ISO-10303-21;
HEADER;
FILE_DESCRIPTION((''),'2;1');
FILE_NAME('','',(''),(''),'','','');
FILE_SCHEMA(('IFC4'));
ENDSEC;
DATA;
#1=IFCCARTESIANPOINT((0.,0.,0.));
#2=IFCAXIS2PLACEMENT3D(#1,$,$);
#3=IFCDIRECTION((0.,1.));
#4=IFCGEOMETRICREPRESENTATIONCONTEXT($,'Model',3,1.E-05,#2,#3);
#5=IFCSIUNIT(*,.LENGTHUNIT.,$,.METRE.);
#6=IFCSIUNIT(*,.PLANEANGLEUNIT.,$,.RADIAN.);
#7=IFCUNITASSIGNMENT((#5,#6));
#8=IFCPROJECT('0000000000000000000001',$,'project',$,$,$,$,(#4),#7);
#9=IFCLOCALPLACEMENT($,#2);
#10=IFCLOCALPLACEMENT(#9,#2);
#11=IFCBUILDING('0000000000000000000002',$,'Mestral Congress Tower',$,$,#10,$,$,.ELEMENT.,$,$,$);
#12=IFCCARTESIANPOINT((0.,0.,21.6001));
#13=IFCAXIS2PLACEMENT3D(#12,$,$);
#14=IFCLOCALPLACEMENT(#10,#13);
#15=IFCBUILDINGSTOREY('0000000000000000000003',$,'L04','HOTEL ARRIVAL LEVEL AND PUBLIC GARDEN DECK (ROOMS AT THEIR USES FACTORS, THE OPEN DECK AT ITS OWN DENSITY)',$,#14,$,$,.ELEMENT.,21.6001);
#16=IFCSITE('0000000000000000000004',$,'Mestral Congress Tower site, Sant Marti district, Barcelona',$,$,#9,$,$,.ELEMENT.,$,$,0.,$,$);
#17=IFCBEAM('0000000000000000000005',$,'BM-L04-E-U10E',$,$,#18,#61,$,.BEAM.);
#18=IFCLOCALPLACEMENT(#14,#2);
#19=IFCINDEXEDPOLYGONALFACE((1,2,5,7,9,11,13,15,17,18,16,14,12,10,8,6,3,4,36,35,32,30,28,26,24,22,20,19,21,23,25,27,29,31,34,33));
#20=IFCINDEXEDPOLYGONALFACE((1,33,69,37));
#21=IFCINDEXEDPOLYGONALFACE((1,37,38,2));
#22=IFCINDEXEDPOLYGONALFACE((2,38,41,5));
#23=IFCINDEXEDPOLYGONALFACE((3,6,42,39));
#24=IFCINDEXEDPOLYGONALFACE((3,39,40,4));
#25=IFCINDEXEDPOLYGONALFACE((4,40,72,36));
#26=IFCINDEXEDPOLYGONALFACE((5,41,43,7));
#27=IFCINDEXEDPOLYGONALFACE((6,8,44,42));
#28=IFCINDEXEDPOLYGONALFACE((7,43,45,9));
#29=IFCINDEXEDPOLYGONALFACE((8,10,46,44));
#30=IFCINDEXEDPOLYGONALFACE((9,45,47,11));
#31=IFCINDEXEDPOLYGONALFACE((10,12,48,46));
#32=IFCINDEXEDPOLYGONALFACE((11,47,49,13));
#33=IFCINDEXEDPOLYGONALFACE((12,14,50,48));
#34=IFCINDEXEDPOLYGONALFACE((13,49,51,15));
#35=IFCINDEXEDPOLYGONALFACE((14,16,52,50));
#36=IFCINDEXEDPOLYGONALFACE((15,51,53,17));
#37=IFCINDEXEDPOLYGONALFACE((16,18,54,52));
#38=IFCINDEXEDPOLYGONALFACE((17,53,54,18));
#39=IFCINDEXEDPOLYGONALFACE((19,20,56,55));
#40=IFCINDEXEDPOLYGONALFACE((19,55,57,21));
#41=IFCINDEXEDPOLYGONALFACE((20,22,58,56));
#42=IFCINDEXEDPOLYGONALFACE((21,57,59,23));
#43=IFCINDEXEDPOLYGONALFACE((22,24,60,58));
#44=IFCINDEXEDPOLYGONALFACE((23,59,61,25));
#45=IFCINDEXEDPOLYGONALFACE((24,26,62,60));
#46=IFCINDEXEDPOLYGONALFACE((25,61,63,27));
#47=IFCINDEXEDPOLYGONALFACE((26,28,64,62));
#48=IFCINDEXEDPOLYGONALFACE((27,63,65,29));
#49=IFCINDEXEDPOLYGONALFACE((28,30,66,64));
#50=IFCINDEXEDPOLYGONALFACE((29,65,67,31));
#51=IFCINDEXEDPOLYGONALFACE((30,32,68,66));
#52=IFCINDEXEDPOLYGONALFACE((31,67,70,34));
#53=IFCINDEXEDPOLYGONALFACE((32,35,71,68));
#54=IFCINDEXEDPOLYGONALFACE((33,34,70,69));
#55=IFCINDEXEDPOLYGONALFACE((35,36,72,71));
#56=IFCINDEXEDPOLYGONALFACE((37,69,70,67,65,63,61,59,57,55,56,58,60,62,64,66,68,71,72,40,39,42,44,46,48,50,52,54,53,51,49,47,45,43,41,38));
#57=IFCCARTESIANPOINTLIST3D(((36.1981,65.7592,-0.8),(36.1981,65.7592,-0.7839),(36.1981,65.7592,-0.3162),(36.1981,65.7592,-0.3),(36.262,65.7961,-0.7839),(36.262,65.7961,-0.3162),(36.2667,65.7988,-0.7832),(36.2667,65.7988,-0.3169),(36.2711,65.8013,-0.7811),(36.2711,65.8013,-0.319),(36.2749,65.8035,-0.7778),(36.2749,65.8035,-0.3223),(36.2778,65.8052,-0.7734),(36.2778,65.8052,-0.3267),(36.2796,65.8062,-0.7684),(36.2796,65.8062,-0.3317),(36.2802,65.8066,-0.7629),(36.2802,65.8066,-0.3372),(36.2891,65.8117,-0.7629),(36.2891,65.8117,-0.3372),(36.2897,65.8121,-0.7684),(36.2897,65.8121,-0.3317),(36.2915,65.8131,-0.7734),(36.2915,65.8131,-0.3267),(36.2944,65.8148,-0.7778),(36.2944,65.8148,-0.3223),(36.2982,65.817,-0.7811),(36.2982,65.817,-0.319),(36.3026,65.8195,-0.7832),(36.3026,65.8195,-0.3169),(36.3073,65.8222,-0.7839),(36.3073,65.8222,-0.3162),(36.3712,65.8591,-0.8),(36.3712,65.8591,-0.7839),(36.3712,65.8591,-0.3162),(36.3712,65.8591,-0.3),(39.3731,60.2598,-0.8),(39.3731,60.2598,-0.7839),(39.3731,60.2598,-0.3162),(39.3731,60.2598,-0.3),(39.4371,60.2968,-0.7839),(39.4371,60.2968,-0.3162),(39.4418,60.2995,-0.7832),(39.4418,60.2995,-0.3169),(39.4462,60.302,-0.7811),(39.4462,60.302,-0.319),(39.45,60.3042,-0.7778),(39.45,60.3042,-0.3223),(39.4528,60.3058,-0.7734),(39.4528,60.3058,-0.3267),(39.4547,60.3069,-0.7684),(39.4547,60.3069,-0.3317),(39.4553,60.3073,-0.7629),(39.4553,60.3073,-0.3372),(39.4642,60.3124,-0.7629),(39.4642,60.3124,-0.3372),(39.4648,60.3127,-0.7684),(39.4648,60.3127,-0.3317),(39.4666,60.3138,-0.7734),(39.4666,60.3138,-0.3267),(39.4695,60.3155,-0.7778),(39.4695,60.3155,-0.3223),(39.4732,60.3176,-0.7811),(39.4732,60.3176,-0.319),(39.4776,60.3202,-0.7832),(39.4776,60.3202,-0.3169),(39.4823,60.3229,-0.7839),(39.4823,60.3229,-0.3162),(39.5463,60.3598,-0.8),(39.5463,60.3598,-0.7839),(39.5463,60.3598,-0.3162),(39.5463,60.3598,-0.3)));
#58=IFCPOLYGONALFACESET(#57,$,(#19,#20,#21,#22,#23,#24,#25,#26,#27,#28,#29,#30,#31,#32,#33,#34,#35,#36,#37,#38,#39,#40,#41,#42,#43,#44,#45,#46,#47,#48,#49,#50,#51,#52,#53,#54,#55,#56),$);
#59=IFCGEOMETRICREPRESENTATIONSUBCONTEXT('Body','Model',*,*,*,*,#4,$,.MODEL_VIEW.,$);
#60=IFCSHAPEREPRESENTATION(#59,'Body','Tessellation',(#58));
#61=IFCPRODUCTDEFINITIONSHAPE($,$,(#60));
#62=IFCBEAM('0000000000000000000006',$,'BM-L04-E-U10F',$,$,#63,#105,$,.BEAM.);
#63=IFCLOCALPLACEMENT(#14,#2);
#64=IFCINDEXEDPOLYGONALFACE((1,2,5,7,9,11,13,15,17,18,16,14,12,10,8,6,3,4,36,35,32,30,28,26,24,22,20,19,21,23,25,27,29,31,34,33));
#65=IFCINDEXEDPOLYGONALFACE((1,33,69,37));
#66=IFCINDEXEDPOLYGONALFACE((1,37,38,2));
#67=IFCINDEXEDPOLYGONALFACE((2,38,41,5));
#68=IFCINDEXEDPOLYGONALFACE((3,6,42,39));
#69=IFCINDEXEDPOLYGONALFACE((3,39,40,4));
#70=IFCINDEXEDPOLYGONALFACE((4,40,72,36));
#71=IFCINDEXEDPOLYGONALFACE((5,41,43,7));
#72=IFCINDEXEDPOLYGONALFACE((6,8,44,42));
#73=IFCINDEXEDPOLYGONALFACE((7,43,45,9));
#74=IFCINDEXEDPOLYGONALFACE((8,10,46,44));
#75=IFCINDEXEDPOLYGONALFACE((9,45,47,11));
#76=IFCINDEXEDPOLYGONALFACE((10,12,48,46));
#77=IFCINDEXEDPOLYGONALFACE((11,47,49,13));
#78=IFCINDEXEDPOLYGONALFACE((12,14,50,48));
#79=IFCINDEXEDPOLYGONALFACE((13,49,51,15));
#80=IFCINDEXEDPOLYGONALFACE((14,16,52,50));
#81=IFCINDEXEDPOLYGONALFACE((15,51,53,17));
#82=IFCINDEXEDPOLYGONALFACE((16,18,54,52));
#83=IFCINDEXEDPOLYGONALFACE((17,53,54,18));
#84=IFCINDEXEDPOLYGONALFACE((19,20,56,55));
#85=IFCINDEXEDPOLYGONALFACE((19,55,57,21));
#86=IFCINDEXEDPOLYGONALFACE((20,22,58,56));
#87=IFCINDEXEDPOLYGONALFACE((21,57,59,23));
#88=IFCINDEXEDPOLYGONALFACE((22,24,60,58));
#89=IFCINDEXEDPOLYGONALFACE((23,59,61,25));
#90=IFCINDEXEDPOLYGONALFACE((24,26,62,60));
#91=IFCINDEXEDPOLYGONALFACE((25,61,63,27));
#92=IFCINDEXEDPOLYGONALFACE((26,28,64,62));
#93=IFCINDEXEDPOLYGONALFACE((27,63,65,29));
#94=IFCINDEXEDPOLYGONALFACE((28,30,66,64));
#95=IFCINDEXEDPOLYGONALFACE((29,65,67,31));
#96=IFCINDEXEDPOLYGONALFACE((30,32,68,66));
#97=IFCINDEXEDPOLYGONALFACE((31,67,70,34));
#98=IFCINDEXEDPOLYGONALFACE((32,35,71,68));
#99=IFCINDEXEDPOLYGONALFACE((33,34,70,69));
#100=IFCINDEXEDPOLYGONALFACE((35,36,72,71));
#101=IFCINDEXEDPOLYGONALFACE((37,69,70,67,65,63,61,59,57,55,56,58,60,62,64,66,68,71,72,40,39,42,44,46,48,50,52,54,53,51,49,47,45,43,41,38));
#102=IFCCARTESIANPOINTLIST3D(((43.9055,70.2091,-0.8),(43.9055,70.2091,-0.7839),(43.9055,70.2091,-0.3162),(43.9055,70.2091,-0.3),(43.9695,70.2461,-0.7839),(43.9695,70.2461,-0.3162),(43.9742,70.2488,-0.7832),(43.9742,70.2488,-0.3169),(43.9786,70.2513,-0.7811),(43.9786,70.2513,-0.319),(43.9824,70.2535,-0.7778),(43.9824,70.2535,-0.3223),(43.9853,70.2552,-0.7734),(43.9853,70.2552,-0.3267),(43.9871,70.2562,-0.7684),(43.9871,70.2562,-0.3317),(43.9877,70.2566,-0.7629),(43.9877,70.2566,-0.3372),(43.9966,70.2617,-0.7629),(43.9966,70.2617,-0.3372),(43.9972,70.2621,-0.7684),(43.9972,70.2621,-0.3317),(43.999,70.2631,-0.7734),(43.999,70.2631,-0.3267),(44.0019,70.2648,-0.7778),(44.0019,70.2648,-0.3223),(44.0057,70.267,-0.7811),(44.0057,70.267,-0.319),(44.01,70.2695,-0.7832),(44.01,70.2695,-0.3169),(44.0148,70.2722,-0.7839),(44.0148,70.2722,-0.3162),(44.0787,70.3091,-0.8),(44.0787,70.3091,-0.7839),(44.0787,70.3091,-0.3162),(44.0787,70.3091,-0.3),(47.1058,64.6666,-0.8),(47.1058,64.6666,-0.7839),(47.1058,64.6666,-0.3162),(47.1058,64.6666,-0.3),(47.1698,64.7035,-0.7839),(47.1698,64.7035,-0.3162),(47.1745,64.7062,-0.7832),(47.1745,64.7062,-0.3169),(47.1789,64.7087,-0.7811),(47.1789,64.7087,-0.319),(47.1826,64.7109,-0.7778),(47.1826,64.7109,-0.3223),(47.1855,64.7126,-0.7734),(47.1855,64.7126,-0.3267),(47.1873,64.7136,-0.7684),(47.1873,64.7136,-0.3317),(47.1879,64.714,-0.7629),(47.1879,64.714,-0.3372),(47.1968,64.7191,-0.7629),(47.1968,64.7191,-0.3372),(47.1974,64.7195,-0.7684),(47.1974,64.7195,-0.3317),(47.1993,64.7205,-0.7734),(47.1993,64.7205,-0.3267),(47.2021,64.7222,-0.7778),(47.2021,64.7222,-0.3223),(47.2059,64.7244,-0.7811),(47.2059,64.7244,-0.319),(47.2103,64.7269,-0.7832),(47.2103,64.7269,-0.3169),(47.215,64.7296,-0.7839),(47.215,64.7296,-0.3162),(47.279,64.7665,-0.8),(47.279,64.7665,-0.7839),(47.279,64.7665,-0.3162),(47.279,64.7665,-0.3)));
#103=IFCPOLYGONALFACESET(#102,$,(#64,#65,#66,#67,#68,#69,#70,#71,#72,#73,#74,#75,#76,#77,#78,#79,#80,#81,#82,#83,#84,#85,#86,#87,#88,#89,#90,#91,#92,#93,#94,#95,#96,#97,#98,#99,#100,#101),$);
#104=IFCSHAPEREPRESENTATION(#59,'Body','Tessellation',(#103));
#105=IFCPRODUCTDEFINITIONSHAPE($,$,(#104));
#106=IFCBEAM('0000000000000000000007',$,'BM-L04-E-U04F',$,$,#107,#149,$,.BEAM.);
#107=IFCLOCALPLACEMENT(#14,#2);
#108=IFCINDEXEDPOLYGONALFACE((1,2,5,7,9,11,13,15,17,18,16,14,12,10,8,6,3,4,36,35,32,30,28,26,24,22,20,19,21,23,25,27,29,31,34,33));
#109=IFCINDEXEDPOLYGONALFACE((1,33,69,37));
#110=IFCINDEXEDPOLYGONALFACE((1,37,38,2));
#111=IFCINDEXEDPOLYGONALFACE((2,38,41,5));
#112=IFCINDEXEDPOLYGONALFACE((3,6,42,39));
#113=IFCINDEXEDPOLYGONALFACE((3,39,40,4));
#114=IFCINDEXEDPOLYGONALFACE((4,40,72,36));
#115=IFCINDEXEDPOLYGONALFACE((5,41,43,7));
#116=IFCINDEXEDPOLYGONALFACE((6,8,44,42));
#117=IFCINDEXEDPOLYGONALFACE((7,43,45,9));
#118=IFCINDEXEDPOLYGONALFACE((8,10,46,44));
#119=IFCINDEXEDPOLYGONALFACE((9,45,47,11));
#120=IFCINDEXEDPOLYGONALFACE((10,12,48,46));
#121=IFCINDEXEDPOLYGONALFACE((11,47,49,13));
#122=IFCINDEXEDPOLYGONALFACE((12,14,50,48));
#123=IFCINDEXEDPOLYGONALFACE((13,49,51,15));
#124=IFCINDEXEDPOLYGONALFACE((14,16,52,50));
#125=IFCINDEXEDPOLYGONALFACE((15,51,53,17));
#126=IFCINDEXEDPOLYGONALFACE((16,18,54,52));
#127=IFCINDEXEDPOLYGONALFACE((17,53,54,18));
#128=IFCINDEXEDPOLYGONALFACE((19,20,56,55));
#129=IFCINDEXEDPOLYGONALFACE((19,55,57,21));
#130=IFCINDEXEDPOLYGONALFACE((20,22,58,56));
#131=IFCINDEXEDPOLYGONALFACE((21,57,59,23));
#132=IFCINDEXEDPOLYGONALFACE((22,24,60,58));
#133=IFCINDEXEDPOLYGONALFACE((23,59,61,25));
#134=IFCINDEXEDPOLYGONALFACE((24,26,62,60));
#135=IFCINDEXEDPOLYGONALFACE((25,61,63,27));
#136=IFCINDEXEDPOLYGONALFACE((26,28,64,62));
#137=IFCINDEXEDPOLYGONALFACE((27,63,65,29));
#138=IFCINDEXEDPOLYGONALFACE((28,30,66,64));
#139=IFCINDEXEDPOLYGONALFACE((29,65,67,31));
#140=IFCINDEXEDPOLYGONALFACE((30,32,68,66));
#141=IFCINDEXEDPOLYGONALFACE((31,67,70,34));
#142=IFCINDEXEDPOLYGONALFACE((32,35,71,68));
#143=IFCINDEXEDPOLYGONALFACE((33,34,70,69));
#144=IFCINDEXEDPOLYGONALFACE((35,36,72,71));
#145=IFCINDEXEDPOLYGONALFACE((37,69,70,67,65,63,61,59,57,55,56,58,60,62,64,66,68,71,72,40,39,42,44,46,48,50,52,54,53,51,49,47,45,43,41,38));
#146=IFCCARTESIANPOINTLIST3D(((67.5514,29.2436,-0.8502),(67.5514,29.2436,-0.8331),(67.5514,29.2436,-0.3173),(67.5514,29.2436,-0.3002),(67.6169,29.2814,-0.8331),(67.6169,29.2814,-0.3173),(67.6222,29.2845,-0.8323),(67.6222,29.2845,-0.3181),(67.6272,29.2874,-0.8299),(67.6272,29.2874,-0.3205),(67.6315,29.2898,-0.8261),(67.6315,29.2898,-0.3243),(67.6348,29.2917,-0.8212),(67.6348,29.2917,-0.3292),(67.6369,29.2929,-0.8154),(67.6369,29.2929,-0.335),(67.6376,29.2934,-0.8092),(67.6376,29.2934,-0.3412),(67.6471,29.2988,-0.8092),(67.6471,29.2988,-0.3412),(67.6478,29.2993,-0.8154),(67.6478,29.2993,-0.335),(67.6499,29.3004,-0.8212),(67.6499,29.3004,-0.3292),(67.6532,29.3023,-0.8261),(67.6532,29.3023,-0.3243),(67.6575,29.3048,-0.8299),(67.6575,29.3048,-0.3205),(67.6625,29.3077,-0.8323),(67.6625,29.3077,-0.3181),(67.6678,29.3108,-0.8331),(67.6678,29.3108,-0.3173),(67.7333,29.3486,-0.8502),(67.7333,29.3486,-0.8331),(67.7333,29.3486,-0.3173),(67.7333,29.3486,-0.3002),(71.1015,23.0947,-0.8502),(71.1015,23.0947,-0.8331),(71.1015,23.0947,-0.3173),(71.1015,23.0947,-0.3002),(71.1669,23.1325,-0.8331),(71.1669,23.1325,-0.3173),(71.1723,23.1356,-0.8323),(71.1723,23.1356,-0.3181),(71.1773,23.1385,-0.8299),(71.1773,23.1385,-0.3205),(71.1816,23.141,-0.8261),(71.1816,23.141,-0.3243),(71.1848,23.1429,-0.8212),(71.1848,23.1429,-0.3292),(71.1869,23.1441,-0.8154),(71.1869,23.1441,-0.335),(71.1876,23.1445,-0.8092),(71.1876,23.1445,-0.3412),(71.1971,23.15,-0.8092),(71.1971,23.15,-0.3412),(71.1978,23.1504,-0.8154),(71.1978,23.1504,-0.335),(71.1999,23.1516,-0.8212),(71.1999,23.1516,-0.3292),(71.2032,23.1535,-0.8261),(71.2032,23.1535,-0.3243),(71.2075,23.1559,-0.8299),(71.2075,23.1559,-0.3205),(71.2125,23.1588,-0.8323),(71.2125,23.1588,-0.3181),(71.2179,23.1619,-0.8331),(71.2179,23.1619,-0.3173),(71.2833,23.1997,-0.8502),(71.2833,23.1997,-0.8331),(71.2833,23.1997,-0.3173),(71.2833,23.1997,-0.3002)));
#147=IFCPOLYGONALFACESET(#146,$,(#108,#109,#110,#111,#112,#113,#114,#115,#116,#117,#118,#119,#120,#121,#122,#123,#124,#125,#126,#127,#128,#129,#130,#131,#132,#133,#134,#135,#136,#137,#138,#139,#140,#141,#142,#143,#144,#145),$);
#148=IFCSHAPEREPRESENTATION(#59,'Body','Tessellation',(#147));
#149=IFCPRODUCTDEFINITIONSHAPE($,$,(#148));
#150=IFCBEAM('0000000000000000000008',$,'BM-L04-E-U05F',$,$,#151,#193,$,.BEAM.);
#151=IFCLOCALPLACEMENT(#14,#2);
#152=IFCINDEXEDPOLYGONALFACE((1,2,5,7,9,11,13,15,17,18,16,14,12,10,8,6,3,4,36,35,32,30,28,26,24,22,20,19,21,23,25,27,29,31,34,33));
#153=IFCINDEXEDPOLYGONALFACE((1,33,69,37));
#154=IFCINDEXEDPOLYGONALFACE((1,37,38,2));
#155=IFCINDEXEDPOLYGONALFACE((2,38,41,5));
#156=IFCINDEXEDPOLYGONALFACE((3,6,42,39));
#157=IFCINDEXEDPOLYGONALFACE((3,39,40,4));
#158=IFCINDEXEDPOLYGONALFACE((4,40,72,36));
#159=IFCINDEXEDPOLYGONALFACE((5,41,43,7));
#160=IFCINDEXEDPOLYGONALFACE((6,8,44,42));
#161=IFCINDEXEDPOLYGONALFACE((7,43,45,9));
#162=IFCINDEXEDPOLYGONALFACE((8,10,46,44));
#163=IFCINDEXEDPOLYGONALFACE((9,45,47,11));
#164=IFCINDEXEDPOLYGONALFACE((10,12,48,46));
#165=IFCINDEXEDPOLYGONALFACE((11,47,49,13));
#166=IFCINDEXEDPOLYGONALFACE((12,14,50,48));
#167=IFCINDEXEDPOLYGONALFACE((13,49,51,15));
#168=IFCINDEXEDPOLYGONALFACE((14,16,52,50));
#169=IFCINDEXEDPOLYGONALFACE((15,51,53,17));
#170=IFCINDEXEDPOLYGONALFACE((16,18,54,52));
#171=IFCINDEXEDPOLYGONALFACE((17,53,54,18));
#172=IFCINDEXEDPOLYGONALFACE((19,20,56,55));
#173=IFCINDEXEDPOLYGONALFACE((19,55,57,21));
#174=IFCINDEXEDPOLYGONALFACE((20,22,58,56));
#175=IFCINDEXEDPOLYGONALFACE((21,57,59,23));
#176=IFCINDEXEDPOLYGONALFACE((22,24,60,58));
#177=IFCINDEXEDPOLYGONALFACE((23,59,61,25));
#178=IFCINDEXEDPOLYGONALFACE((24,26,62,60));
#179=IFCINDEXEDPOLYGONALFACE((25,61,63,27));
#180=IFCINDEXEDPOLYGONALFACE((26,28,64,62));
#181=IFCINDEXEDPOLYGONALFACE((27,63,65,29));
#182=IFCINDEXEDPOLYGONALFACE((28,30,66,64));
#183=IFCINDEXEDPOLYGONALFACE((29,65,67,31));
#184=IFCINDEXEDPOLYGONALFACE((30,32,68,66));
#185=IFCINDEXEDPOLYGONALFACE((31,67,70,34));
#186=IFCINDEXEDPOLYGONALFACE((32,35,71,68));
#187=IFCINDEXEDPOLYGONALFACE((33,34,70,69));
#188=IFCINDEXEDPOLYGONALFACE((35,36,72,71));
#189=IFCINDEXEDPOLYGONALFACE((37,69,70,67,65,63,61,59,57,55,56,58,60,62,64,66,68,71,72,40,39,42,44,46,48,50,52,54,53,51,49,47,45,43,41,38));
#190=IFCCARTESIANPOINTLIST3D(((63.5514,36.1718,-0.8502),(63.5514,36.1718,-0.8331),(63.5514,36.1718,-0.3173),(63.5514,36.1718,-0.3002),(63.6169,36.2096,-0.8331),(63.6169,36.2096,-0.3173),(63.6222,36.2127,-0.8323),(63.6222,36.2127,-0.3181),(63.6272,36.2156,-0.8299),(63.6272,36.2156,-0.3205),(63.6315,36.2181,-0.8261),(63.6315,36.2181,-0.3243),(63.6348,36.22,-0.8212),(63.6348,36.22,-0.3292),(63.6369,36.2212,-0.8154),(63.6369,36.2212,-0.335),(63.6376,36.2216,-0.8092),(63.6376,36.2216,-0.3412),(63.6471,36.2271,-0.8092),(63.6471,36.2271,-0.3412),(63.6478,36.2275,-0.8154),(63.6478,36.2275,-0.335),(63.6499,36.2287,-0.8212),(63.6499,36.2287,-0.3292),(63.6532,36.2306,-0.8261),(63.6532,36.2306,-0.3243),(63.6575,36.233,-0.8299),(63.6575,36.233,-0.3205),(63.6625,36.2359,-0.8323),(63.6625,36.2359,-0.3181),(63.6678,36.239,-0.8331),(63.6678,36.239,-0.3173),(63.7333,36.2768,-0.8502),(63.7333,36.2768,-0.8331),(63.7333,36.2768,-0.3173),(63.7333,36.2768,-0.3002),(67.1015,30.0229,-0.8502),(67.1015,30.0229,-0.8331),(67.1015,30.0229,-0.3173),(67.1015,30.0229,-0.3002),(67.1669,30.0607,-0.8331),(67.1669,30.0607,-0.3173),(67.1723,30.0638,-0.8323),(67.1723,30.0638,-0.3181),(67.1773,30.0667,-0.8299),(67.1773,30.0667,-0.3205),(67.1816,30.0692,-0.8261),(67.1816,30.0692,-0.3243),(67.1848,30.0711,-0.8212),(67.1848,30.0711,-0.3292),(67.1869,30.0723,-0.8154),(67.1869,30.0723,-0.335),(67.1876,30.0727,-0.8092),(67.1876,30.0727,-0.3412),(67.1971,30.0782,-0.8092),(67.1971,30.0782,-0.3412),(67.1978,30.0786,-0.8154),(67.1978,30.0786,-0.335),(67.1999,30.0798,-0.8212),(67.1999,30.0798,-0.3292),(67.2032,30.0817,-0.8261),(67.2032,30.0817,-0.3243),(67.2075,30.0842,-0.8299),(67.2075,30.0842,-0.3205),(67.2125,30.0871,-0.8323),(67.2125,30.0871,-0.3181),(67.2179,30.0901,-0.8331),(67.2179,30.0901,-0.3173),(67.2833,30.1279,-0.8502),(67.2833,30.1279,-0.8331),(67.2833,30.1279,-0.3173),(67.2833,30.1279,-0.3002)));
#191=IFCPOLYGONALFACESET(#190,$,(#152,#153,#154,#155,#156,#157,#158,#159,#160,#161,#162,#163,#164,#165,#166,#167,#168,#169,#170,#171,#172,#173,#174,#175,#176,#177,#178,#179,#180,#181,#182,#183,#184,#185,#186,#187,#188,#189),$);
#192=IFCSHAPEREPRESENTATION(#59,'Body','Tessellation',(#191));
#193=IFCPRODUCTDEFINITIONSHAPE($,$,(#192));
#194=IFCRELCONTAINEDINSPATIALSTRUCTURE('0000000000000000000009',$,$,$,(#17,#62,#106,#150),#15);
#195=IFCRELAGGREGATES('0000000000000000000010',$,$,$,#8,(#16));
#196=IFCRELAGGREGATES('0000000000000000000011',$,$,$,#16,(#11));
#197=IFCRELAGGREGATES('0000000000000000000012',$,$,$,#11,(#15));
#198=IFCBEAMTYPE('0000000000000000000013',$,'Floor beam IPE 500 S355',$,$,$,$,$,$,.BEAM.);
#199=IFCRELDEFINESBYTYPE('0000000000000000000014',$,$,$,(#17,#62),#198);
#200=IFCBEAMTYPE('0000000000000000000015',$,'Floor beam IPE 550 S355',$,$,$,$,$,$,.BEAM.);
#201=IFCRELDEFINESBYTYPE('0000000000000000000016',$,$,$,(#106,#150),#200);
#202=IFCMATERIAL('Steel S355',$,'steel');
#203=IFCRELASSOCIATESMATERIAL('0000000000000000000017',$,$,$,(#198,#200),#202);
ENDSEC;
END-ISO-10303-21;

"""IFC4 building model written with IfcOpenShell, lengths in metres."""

from ifc_helpers import new_model, si_unit, direction, frame, origin, origin_2d, place, context, subcontext, project, spatial, i_section, extrude, material, material_profile, profile_set, type_object, element, save


model = new_model("IFC4")

# Units and contexts
model_context = context("Model", 3, precision=1e-05, world=origin(), true_north=direction((0.0, 1.0)))
body_context = subcontext(model_context, "Body", "Model", "MODEL_VIEW")
ifc_project = project(units=[si_unit("LENGTHUNIT", "METRE"), si_unit("PLANEANGLEUNIT", "RADIAN")], contexts=[model_context])

# Site, building, storey
site_placement = place(None, origin())
site = spatial("IfcSite", under=ifc_project, at=site_placement, Name="Mestral Congress Tower site, Sant Marti district, Barcelona", CompositionType="ELEMENT", RefElevation=0.0)
building_placement = place(site_placement, origin())
building = spatial("IfcBuilding", under=site, at=building_placement, Name="Mestral Congress Tower", CompositionType="ELEMENT")
storey_placement = place(building_placement, frame((0.0, 0.0, 21.6001)))
storey = spatial("IfcBuildingStorey", under=building, at=storey_placement, Name="L04", Description="HOTEL ARRIVAL LEVEL AND PUBLIC GARDEN DECK (ROOMS AT THEIR USES FACTORS, THE OPEN DECK AT ITS OWN DENSITY)", CompositionType="ELEMENT", Elevation=21.6001)

# Beams
ifc_material_1 = material(Name="Steel S355", Category="steel")
ifc_material_profile_1 = material_profile(ifc_material_1, i_section(OverallWidth=0.2, OverallDepth=0.5, WebThickness=0.0103, FlangeThickness=0.0161, FilletRadius=0.021, at=origin_2d()), Name="IPE 500")
ifc_profile_set_1 = profile_set([ifc_material_profile_1], Name="Steel S355")
beam_type_1 = type_object("IfcBeamType", Name="Floor beam IPE 500 S355", PredefinedType="BEAM", material=ifc_profile_set_1)
beam_1_placement = place(storey_placement, frame((39.4597, 60.3098, -0.55), z_axis=(-0.500005, 0.866022, 0.0), x_axis=(-0.866022, -0.500005, 0.0)))
element("IfcBeam", 1, at=beam_1_placement, inside=storey, type_object=beam_type_1, Name="BM-L04-E-U10E", PredefinedType="BEAM", context=body_context, shape_type="SweptSolid", body=[
    extrude(i_section(OverallWidth=0.2, OverallDepth=0.5, WebThickness=0.0103, FlangeThickness=0.0161, FilletRadius=0.021, at=origin_2d()), origin(), (0.0, 0.0, 1.0), 6.3501),
])
beam_2_placement = place(storey_placement, frame((47.1924, 64.7166, -0.55), z_axis=(-0.500028, 0.866009, 0.0), x_axis=(-0.866009, -0.500028, 0.0)))
element("IfcBeam", 2, at=beam_2_placement, inside=storey, type_object=beam_type_1, Name="BM-L04-E-U10F", PredefinedType="BEAM", context=body_context, shape_type="SweptSolid", body=[
    extrude(i_section(OverallWidth=0.2, OverallDepth=0.5, WebThickness=0.0103, FlangeThickness=0.0161, FilletRadius=0.021, at=origin_2d()), origin(), (0.0, 0.0, 1.0), 6.4001),
])
ifc_material_profile_2 = material_profile(ifc_material_1, i_section(OverallWidth=0.21, OverallDepth=0.55, WebThickness=0.011, FlangeThickness=0.0171, FilletRadius=0.0239, at=origin_2d()), Name="IPE 550")
ifc_profile_set_2 = profile_set([ifc_material_profile_2], Name="Steel S355")
beam_type_2 = type_object("IfcBeamType", Name="Floor beam IPE 550 S355", PredefinedType="BEAM", material=ifc_profile_set_2)
for number, where, z_axis, x_axis, name in (
    (3, (71.1924, 23.1472, -0.5752), (-0.499996, 0.866028, 0.0), (-0.866028, -0.499996, 0.0), "BM-L04-E-U04F"),
    (4, (67.1924, 30.0754, -0.5752), (-0.499996, 0.866028, 0.0), (-0.866028, -0.499996, 0.0), "BM-L04-E-U05F"),
):
    element("IfcBeam", number, at=place(storey_placement, frame(where, z_axis=z_axis, x_axis=x_axis)), inside=storey, type_object=beam_type_2, Name=name, PredefinedType="BEAM", context=body_context, shape_type="SweptSolid", body=[
        extrude(i_section(OverallWidth=0.21, OverallDepth=0.55, WebThickness=0.011, FlangeThickness=0.0171, FilletRadius=0.0239, at=origin_2d()), origin(), (0.0, 0.0, 1.0), 7.1001),
    ])

save(model, "model.ifc")
